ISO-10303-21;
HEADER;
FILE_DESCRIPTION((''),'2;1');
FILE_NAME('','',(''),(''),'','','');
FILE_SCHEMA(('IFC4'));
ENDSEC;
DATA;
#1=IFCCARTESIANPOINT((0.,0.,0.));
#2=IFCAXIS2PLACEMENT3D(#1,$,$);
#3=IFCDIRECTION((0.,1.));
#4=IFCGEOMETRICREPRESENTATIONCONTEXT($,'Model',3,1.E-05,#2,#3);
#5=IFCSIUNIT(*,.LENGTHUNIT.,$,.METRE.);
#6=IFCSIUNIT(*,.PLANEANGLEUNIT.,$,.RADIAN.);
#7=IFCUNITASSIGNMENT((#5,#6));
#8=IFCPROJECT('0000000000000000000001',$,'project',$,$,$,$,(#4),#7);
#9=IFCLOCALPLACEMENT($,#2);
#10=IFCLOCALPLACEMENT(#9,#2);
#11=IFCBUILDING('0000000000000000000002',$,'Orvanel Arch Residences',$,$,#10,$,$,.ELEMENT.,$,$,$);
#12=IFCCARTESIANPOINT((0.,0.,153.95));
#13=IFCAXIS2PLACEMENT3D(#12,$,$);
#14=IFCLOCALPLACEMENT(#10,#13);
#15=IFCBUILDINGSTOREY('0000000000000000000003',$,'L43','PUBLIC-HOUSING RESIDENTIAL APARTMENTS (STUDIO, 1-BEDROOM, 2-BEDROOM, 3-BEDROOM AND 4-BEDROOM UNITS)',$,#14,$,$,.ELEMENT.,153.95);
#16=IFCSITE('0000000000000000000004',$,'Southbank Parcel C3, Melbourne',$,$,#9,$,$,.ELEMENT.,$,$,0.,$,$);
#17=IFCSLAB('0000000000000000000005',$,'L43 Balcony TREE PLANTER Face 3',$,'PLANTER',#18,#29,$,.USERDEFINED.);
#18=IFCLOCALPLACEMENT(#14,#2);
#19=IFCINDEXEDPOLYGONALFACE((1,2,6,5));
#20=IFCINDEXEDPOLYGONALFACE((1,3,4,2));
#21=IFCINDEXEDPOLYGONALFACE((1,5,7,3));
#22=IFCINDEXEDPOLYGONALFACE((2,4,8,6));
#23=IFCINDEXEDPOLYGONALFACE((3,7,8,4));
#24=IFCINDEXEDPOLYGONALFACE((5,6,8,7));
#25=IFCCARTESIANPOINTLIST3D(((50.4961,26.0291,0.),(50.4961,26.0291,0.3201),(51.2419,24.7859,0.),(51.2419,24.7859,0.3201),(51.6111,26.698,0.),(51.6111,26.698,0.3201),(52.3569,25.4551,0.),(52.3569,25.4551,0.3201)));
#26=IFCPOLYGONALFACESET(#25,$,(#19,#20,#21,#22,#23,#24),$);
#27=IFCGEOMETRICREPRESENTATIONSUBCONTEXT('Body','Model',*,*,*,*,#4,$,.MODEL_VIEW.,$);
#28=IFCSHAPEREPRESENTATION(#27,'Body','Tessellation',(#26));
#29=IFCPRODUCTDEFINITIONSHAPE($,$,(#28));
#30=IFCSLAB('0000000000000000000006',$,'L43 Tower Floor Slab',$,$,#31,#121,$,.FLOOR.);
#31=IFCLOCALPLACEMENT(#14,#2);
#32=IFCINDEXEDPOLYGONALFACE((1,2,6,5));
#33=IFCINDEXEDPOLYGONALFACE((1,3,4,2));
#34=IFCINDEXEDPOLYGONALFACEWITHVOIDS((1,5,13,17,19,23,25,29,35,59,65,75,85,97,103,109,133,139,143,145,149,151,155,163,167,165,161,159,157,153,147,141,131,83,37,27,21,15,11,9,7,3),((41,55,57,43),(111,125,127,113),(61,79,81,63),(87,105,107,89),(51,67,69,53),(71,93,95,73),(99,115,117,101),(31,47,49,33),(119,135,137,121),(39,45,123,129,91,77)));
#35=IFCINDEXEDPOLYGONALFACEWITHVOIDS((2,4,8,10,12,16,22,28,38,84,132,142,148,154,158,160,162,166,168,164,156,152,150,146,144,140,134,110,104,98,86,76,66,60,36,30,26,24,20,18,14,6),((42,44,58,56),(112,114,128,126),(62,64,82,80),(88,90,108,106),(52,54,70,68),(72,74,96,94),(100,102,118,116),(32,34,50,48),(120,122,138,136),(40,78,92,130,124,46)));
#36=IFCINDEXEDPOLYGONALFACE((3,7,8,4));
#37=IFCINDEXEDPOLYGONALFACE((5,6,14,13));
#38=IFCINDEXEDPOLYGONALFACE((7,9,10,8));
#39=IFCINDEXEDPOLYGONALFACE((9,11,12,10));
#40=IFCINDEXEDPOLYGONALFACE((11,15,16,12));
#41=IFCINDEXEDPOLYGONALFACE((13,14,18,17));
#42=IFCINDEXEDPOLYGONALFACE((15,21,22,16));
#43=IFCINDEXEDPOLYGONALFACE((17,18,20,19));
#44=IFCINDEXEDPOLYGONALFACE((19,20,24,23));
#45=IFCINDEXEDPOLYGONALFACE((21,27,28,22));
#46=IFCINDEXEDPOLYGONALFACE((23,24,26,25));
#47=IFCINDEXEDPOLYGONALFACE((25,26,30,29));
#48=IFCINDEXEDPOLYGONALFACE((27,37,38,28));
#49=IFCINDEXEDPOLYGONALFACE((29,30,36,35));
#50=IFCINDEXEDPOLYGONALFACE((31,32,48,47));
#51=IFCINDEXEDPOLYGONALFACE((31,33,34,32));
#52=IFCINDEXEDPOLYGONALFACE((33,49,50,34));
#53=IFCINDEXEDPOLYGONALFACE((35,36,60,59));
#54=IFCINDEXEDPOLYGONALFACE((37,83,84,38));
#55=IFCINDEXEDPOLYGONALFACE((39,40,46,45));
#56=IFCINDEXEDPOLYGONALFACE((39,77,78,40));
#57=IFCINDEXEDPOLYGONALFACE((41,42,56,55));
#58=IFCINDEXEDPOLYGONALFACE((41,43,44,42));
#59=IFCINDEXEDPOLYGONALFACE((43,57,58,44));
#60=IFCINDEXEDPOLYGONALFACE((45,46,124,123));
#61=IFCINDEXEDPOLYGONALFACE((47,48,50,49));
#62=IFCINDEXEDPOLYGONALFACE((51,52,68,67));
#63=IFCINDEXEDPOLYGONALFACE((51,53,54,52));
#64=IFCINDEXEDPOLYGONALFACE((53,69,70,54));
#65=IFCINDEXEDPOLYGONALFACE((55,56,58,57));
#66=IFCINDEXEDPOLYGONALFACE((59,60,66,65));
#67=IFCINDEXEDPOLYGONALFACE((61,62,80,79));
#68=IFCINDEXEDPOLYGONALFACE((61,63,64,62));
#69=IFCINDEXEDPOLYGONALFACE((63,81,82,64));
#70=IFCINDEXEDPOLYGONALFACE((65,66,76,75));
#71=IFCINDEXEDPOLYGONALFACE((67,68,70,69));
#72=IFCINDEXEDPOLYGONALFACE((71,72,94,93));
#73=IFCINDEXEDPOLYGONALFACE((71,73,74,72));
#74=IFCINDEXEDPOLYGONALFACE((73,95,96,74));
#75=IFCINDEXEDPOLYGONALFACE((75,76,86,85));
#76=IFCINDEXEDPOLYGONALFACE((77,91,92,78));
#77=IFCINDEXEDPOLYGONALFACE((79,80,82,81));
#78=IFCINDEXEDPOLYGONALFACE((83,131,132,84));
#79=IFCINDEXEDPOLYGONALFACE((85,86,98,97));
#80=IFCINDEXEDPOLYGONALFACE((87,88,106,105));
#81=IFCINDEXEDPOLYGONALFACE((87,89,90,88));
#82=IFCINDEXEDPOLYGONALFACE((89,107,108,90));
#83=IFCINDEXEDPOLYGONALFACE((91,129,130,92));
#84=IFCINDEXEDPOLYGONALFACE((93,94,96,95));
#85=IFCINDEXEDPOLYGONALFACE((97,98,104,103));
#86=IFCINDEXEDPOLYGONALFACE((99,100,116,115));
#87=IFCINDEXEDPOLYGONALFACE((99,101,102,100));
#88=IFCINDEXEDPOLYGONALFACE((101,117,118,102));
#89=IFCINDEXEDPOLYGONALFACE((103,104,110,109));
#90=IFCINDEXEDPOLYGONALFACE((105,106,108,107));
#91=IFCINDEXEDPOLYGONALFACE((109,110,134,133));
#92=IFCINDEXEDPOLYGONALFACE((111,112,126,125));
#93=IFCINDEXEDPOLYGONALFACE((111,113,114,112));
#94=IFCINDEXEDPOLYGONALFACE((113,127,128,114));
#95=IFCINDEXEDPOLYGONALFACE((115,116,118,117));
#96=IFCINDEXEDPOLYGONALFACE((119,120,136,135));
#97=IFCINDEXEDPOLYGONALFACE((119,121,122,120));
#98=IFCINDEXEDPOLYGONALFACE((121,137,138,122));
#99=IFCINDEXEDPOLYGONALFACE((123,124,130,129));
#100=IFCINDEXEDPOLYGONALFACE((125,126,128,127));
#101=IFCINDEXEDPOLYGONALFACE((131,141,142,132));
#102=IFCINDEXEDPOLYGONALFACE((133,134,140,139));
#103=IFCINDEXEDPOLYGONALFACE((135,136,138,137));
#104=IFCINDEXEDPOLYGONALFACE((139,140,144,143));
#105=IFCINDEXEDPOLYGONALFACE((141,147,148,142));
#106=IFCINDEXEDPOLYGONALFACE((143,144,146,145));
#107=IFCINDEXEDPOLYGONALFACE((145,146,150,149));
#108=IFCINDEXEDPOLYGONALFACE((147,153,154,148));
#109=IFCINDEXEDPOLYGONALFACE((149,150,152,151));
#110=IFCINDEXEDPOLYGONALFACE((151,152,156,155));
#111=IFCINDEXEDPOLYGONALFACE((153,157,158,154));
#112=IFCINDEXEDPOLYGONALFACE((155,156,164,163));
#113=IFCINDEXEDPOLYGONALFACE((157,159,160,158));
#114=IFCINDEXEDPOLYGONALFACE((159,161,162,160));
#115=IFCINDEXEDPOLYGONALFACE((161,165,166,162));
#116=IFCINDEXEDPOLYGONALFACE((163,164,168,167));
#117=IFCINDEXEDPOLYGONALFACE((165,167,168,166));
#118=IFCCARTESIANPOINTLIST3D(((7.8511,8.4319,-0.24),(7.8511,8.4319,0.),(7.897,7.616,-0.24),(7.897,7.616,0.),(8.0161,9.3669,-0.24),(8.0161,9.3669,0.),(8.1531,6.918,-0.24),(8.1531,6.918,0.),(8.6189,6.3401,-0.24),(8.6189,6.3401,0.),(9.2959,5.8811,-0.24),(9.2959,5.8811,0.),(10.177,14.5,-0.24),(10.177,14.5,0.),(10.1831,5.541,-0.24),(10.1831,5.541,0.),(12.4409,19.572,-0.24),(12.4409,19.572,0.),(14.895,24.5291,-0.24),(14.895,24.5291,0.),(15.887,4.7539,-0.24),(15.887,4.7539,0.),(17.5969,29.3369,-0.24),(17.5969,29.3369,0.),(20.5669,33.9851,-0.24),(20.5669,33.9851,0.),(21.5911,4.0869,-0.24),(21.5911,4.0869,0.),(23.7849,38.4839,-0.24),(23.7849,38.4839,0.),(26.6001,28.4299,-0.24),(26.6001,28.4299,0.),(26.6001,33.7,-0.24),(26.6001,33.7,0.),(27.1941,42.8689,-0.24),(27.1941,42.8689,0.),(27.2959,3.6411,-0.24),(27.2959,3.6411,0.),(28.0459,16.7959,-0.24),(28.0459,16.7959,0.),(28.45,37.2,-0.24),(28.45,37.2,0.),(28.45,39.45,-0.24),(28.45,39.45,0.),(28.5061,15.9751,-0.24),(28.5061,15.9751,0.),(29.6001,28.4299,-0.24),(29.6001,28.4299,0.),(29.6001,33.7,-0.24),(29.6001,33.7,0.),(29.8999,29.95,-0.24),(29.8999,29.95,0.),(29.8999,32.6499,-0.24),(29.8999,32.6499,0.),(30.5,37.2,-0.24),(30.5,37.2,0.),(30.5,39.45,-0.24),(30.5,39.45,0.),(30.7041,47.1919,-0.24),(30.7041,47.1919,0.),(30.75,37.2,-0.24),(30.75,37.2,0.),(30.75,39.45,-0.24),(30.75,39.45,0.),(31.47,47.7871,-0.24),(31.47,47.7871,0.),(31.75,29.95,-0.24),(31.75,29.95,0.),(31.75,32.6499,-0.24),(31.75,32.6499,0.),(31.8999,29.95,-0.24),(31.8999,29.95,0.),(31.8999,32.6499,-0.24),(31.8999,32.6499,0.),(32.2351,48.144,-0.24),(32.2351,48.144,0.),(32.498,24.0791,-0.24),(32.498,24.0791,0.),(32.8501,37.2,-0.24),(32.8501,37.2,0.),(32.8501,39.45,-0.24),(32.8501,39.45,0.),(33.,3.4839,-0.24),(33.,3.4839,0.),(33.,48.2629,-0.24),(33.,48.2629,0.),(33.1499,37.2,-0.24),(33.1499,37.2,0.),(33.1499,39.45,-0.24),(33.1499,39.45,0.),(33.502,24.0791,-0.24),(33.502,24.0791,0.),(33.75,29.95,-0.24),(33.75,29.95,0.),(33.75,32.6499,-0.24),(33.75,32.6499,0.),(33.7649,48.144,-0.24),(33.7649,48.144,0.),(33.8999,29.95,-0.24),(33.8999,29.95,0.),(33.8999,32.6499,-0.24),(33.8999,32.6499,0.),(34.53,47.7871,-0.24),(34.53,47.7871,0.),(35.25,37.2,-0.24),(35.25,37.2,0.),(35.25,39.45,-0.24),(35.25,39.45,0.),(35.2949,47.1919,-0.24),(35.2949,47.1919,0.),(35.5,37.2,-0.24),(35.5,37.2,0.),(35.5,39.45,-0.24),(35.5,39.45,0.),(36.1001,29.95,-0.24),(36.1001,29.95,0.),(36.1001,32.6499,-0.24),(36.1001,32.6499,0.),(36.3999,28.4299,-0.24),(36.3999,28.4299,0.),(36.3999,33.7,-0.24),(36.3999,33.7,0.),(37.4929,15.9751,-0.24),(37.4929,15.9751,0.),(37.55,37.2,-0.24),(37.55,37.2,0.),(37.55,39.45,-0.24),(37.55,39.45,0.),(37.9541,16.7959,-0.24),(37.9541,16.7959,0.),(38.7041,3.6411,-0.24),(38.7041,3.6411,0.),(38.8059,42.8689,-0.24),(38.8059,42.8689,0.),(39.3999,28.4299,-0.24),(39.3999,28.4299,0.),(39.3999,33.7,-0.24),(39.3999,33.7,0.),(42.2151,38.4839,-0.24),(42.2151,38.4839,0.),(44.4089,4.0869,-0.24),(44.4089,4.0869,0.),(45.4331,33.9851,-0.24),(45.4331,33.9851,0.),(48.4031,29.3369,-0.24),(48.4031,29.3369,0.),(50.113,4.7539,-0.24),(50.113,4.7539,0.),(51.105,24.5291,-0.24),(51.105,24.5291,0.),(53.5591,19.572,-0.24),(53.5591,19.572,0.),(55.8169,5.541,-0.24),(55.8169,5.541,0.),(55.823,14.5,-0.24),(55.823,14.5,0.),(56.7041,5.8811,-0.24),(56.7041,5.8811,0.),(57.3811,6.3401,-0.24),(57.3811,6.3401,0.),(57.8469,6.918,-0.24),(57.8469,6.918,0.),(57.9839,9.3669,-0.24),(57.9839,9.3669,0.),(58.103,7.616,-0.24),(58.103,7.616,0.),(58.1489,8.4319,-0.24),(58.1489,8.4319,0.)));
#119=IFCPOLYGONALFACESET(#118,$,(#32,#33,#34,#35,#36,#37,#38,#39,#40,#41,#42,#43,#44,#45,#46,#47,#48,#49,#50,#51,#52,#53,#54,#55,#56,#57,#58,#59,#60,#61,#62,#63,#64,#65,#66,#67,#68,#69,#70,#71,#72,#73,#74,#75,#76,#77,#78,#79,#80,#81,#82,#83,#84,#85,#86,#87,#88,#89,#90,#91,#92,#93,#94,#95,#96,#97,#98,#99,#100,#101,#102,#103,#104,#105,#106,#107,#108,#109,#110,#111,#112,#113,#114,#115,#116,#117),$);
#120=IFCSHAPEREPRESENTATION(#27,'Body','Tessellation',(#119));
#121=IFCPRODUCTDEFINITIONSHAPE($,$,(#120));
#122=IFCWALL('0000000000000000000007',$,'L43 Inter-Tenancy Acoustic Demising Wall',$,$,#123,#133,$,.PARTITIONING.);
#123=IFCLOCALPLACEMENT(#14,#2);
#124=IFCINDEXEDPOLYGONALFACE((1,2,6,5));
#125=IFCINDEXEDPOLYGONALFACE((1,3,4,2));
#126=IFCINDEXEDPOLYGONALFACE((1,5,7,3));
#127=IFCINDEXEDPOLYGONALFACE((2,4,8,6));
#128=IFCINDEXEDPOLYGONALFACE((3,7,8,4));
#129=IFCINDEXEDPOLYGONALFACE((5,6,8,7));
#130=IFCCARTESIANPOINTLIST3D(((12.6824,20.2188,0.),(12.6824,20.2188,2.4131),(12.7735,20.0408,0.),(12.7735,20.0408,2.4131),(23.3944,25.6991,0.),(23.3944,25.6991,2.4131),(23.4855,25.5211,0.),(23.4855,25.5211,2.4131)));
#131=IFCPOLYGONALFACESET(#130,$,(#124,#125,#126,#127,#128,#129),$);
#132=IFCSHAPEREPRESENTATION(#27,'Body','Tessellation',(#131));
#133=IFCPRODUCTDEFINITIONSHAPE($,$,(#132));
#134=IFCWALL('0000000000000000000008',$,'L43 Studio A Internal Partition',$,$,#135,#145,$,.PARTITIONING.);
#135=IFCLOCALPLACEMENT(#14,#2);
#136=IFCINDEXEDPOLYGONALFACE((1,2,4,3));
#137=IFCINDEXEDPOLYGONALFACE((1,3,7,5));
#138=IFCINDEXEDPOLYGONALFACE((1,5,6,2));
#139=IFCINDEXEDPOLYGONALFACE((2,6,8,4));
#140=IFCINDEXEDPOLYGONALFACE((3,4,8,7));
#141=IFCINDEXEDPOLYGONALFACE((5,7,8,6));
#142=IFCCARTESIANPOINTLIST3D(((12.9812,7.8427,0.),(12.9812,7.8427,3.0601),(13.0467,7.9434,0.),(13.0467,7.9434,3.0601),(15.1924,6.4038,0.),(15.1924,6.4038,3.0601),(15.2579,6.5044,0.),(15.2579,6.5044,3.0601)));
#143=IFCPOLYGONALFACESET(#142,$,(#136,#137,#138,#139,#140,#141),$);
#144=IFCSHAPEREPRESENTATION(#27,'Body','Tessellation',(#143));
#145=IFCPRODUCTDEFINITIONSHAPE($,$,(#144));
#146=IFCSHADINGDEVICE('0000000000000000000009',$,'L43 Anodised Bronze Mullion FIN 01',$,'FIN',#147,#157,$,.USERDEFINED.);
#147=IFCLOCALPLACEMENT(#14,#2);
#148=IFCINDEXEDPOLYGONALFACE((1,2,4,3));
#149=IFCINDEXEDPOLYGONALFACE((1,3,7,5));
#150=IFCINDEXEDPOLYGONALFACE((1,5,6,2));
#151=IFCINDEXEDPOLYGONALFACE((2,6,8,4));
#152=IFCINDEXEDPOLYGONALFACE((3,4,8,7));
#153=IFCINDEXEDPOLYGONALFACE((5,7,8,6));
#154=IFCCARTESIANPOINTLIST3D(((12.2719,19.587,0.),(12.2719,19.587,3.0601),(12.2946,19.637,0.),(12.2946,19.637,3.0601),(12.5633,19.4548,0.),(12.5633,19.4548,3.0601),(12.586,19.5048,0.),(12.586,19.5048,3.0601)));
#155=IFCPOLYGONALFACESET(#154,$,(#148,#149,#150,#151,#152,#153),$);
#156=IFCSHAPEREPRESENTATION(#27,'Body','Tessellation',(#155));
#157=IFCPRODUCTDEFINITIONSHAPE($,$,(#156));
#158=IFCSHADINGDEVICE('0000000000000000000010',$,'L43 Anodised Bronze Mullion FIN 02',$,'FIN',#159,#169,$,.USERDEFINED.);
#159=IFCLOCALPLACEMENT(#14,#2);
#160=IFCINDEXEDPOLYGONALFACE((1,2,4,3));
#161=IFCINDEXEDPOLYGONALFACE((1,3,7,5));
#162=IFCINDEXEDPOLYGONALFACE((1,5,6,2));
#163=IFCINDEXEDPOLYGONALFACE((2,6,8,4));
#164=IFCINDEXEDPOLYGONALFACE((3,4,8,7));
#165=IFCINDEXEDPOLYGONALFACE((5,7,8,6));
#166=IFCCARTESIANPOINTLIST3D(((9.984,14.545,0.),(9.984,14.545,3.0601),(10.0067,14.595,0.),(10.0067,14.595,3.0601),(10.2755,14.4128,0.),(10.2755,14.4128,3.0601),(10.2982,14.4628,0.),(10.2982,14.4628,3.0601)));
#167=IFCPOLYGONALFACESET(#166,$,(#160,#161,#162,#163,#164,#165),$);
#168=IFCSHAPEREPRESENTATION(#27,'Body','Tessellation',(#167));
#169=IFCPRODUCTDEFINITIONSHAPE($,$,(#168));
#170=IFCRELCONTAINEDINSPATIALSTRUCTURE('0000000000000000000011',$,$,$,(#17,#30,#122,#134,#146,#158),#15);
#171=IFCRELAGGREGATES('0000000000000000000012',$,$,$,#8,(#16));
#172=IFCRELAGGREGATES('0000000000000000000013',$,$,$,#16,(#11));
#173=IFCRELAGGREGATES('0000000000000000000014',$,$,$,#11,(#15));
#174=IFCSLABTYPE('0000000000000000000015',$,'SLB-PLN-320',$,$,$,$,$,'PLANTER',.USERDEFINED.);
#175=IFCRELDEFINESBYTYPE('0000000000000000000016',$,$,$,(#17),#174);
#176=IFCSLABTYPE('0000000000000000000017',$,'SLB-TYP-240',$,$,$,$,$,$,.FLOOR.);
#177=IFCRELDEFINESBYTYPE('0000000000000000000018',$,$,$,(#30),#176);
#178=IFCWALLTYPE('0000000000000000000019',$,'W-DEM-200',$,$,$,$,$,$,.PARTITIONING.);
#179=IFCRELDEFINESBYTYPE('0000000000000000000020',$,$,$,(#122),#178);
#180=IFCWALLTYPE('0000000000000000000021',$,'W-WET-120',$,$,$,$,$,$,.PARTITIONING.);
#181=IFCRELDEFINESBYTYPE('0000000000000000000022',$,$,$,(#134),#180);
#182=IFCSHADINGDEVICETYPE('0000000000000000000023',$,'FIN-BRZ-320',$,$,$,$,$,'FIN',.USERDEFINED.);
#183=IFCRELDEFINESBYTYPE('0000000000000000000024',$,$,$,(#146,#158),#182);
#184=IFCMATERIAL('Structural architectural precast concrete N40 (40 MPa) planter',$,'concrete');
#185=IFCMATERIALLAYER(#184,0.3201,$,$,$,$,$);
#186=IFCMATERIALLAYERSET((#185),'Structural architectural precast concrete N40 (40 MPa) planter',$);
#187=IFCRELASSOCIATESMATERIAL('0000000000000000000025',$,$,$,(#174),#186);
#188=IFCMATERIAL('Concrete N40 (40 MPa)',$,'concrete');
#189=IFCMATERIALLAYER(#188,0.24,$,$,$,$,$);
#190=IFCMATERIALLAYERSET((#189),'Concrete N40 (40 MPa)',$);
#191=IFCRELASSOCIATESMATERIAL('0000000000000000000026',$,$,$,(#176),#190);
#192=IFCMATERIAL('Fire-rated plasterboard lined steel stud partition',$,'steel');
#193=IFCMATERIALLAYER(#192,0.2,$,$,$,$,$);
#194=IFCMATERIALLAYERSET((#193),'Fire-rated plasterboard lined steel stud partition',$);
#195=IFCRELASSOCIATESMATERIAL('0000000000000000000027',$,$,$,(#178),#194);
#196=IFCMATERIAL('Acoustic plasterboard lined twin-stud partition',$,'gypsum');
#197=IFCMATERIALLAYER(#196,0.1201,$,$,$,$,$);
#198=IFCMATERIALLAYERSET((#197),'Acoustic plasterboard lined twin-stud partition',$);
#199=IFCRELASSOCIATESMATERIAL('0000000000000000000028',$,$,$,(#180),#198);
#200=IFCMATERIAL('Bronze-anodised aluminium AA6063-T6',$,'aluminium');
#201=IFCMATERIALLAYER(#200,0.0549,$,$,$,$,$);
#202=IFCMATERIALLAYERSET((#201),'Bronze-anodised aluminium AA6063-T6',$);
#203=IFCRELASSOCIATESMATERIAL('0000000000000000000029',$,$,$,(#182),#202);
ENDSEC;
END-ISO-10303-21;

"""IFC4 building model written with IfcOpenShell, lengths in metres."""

from ifc_helpers import new_model, si_unit, direction, frame, frame_2d, origin, origin_2d, place, context, subcontext, project, spatial, polyline, rectangle, outline, extrude, material, layer, layer_set, type_object, element, save


model = new_model("IFC4")

# Units and contexts
model_context = context("Model", 3, precision=1e-05, world=origin(), true_north=direction((0.0, 1.0)))
body_context = subcontext(model_context, "Body", "Model", "MODEL_VIEW")
ifc_project = project(units=[si_unit("LENGTHUNIT", "METRE"), si_unit("PLANEANGLEUNIT", "RADIAN")], contexts=[model_context])

# Site, building, storey
site_placement = place(None, origin())
site = spatial("IfcSite", under=ifc_project, at=site_placement, Name="Southbank Parcel C3, Melbourne", CompositionType="ELEMENT", RefElevation=0.0)
building_placement = place(site_placement, origin())
building = spatial("IfcBuilding", under=site, at=building_placement, Name="Orvanel Arch Residences", CompositionType="ELEMENT")
storey_placement = place(building_placement, frame((0.0, 0.0, 153.95)))
storey = spatial("IfcBuildingStorey", under=building, at=storey_placement, Name="L43", Description="PUBLIC-HOUSING RESIDENTIAL APARTMENTS (STUDIO, 1-BEDROOM, 2-BEDROOM, 3-BEDROOM AND 4-BEDROOM UNITS)", CompositionType="ELEMENT", Elevation=153.95)

# Shared definitions
ifc_material_1 = material(Name="Bronze-anodised aluminium AA6063-T6", Category="aluminium")

# Shared definitions
ifc_material_2 = material(Name="Concrete N40 (40 MPa)", Category="concrete")

# Slabs
ifc_material_3 = material(Name="Structural architectural precast concrete N40 (40 MPa) planter", Category="concrete")
ifc_layer_1 = layer(ifc_material_3, 0.3201)
ifc_layer_set_1 = layer_set([ifc_layer_1], Name="Structural architectural precast concrete N40 (40 MPa) planter")
slab_type_1 = type_object("IfcSlabType", Name="SLB-PLN-320", ElementType="PLANTER", PredefinedType="USERDEFINED", material=ifc_layer_set_1)
slab_1_placement = place(storey_placement, origin())
element("IfcSlab", 1, at=slab_1_placement, inside=storey, type_object=slab_type_1, Name="L43 Balcony TREE PLANTER Face 3", ObjectType="PLANTER", PredefinedType="USERDEFINED", context=body_context, shape_type="SweptSolid", body=[
    extrude(outline(polyline([(52.3569, 25.4551), (51.6111, 26.698), (50.4961, 26.0291), (51.2419, 24.7859), (52.3569, 25.4551)])), origin(), (0.0, 0.0, 1.0), 0.3201),
])
ifc_layer_2 = layer(ifc_material_2, 0.24)
ifc_layer_set_2 = layer_set([ifc_layer_2], Name="Concrete N40 (40 MPa)")
slab_type_2 = type_object("IfcSlabType", Name="SLB-TYP-240", PredefinedType="FLOOR", material=ifc_layer_set_2)
slab_2_placement = place(storey_placement, frame((0.0, 0.0, -0.24)))
element("IfcSlab", 2, at=slab_2_placement, inside=storey, type_object=slab_type_2, Name="L43 Tower Floor Slab", PredefinedType="FLOOR", context=body_context, shape_type="SweptSolid", body=[
    extrude(outline(polyline([(35.2949, 47.1919), (34.53, 47.7871), (33.7649, 48.144), (33.0, 48.2629), (32.2351, 48.144), (31.47, 47.7871), (30.7041, 47.1919), (27.1941, 42.8689), (23.7849, 38.4839), (20.5669, 33.9851), (17.5969, 29.3369), (14.895, 24.5291), (12.4409, 19.572), (10.177, 14.5), (8.0161, 9.3669), (7.8511, 8.4319), (7.897, 7.616), (8.1531, 6.918), (8.6189, 6.3401), (9.2959, 5.8811), (10.1831, 5.541), (15.887, 4.7539), (21.5911, 4.0869), (27.2959, 3.6411), (33.0, 3.4839), (38.7041, 3.6411), (44.4089, 4.0869), (50.113, 4.7539), (55.8169, 5.541), (56.7041, 5.8811), (57.3811, 6.3401), (57.8469, 6.918), (58.103, 7.616), (58.1489, 8.4319), (57.9839, 9.3669), (55.823, 14.5), (53.5591, 19.572), (51.105, 24.5291), (48.4031, 29.3369), (45.4331, 33.9851), (42.2151, 38.4839), (38.8059, 42.8689), (35.2949, 47.1919)]), holes=[polyline([(26.6001, 28.4299), (26.6001, 33.7), (29.6001, 33.7), (29.6001, 28.4299), (26.6001, 28.4299)]), polyline([(36.3999, 28.4299), (36.3999, 33.7), (39.3999, 33.7), (39.3999, 28.4299), (36.3999, 28.4299)]), polyline([(29.8999, 32.6499), (31.75, 32.6499), (31.75, 29.95), (29.8999, 29.95), (29.8999, 32.6499)]), polyline([(31.8999, 32.6499), (33.75, 32.6499), (33.75, 29.95), (31.8999, 29.95), (31.8999, 32.6499)]), polyline([(33.8999, 32.6499), (36.1001, 32.6499), (36.1001, 29.95), (33.8999, 29.95), (33.8999, 32.6499)]), polyline([(28.45, 39.45), (30.5, 39.45), (30.5, 37.2), (28.45, 37.2), (28.45, 39.45)]), polyline([(35.5, 39.45), (37.55, 39.45), (37.55, 37.2), (35.5, 37.2), (35.5, 39.45)]), polyline([(30.75, 39.45), (32.8501, 39.45), (32.8501, 37.2), (30.75, 37.2), (30.75, 39.45)]), polyline([(33.1499, 39.45), (35.25, 39.45), (35.25, 37.2), (33.1499, 37.2), (33.1499, 39.45)]), polyline([(37.9541, 16.7959), (37.4929, 15.9751), (28.5061, 15.9751), (28.0459, 16.7959), (32.498, 24.0791), (33.502, 24.0791), (37.9541, 16.7959)])]), origin(), (0.0, 0.0, 1.0), 0.24),
])

# Walls
ifc_material_4 = material(Name="Fire-rated plasterboard lined steel stud partition", Category="steel")
ifc_layer_3 = layer(ifc_material_4, 0.2)
ifc_layer_set_3 = layer_set([ifc_layer_3], Name="Fire-rated plasterboard lined steel stud partition")
wall_type_1 = type_object("IfcWallType", Name="W-DEM-200", PredefinedType="PARTITIONING", material=ifc_layer_set_3)
wall_1_placement = place(storey_placement, frame((12.728, 20.1299, 0.0), z_axis=(0.0, 0.0, 1.0), x_axis=(0.890258, 0.455457, 0.0)))
element("IfcWall", 3, at=wall_1_placement, inside=storey, type_object=wall_type_1, Name="L43 Inter-Tenancy Acoustic Demising Wall", PredefinedType="PARTITIONING", context=body_context, shape_type="SweptSolid", body=[
    extrude(rectangle(XDim=12.0325, YDim=0.2, at=frame_2d((6.0161, 0.0))), origin(), (0.0, 0.0, 1.0), 2.4131),
])
ifc_material_5 = material(Name="Acoustic plasterboard lined twin-stud partition", Category="gypsum")
ifc_layer_4 = layer(ifc_material_5, 0.1201)
ifc_layer_set_4 = layer_set([ifc_layer_4], Name="Acoustic plasterboard lined twin-stud partition")
wall_type_2 = type_object("IfcWallType", Name="W-WET-120", PredefinedType="PARTITIONING", material=ifc_layer_set_4)
wall_2_placement = place(storey_placement, frame((13.0139, 7.8931, 0.0), z_axis=(0.0, 0.0, 1.0), x_axis=(0.83815, -0.54544, 0.0)))
element("IfcWall", 4, at=wall_2_placement, inside=storey, type_object=wall_type_2, Name="L43 Studio A Internal Partition", PredefinedType="PARTITIONING", context=body_context, shape_type="SweptSolid", body=[
    extrude(rectangle(XDim=2.6382, YDim=0.1201, at=frame_2d((1.3191, 0.0))), origin(), (0.0, 0.0, 1.0), 3.0601),
])

# Shading devices
ifc_layer_5 = layer(ifc_material_1, 0.0549)
ifc_layer_set_5 = layer_set([ifc_layer_5], Name="Bronze-anodised aluminium AA6063-T6")
shading_device_type = type_object("IfcShadingDeviceType", Name="FIN-BRZ-320", ElementType="FIN", PredefinedType="USERDEFINED", material=ifc_layer_set_5)
for number, where, z_axis, x_axis, name in (
    (5, (12.429, 19.5459, 0.0), (0.0, 0.0, 1.0), (-0.910684, 0.413104, 0.0), "L43 Anodised Bronze Mullion FIN 01"),
    (6, (10.1411, 14.5039, 0.0), (0.0, 0.0, 1.0), (-0.910684, 0.413104, 0.0), "L43 Anodised Bronze Mullion FIN 02"),
):
    element("IfcShadingDevice", number, at=place(storey_placement, frame(where, z_axis=z_axis, x_axis=x_axis)), inside=storey, type_object=shading_device_type, Name=name, ObjectType="FIN", PredefinedType="USERDEFINED", context=body_context, shape_type="SweptSolid", body=[
        extrude(rectangle(XDim=0.3201, YDim=0.0549, at=origin_2d()), origin(), (0.0, 0.0, 1.0), 3.0601),
    ])

save(model, "model.ifc")
